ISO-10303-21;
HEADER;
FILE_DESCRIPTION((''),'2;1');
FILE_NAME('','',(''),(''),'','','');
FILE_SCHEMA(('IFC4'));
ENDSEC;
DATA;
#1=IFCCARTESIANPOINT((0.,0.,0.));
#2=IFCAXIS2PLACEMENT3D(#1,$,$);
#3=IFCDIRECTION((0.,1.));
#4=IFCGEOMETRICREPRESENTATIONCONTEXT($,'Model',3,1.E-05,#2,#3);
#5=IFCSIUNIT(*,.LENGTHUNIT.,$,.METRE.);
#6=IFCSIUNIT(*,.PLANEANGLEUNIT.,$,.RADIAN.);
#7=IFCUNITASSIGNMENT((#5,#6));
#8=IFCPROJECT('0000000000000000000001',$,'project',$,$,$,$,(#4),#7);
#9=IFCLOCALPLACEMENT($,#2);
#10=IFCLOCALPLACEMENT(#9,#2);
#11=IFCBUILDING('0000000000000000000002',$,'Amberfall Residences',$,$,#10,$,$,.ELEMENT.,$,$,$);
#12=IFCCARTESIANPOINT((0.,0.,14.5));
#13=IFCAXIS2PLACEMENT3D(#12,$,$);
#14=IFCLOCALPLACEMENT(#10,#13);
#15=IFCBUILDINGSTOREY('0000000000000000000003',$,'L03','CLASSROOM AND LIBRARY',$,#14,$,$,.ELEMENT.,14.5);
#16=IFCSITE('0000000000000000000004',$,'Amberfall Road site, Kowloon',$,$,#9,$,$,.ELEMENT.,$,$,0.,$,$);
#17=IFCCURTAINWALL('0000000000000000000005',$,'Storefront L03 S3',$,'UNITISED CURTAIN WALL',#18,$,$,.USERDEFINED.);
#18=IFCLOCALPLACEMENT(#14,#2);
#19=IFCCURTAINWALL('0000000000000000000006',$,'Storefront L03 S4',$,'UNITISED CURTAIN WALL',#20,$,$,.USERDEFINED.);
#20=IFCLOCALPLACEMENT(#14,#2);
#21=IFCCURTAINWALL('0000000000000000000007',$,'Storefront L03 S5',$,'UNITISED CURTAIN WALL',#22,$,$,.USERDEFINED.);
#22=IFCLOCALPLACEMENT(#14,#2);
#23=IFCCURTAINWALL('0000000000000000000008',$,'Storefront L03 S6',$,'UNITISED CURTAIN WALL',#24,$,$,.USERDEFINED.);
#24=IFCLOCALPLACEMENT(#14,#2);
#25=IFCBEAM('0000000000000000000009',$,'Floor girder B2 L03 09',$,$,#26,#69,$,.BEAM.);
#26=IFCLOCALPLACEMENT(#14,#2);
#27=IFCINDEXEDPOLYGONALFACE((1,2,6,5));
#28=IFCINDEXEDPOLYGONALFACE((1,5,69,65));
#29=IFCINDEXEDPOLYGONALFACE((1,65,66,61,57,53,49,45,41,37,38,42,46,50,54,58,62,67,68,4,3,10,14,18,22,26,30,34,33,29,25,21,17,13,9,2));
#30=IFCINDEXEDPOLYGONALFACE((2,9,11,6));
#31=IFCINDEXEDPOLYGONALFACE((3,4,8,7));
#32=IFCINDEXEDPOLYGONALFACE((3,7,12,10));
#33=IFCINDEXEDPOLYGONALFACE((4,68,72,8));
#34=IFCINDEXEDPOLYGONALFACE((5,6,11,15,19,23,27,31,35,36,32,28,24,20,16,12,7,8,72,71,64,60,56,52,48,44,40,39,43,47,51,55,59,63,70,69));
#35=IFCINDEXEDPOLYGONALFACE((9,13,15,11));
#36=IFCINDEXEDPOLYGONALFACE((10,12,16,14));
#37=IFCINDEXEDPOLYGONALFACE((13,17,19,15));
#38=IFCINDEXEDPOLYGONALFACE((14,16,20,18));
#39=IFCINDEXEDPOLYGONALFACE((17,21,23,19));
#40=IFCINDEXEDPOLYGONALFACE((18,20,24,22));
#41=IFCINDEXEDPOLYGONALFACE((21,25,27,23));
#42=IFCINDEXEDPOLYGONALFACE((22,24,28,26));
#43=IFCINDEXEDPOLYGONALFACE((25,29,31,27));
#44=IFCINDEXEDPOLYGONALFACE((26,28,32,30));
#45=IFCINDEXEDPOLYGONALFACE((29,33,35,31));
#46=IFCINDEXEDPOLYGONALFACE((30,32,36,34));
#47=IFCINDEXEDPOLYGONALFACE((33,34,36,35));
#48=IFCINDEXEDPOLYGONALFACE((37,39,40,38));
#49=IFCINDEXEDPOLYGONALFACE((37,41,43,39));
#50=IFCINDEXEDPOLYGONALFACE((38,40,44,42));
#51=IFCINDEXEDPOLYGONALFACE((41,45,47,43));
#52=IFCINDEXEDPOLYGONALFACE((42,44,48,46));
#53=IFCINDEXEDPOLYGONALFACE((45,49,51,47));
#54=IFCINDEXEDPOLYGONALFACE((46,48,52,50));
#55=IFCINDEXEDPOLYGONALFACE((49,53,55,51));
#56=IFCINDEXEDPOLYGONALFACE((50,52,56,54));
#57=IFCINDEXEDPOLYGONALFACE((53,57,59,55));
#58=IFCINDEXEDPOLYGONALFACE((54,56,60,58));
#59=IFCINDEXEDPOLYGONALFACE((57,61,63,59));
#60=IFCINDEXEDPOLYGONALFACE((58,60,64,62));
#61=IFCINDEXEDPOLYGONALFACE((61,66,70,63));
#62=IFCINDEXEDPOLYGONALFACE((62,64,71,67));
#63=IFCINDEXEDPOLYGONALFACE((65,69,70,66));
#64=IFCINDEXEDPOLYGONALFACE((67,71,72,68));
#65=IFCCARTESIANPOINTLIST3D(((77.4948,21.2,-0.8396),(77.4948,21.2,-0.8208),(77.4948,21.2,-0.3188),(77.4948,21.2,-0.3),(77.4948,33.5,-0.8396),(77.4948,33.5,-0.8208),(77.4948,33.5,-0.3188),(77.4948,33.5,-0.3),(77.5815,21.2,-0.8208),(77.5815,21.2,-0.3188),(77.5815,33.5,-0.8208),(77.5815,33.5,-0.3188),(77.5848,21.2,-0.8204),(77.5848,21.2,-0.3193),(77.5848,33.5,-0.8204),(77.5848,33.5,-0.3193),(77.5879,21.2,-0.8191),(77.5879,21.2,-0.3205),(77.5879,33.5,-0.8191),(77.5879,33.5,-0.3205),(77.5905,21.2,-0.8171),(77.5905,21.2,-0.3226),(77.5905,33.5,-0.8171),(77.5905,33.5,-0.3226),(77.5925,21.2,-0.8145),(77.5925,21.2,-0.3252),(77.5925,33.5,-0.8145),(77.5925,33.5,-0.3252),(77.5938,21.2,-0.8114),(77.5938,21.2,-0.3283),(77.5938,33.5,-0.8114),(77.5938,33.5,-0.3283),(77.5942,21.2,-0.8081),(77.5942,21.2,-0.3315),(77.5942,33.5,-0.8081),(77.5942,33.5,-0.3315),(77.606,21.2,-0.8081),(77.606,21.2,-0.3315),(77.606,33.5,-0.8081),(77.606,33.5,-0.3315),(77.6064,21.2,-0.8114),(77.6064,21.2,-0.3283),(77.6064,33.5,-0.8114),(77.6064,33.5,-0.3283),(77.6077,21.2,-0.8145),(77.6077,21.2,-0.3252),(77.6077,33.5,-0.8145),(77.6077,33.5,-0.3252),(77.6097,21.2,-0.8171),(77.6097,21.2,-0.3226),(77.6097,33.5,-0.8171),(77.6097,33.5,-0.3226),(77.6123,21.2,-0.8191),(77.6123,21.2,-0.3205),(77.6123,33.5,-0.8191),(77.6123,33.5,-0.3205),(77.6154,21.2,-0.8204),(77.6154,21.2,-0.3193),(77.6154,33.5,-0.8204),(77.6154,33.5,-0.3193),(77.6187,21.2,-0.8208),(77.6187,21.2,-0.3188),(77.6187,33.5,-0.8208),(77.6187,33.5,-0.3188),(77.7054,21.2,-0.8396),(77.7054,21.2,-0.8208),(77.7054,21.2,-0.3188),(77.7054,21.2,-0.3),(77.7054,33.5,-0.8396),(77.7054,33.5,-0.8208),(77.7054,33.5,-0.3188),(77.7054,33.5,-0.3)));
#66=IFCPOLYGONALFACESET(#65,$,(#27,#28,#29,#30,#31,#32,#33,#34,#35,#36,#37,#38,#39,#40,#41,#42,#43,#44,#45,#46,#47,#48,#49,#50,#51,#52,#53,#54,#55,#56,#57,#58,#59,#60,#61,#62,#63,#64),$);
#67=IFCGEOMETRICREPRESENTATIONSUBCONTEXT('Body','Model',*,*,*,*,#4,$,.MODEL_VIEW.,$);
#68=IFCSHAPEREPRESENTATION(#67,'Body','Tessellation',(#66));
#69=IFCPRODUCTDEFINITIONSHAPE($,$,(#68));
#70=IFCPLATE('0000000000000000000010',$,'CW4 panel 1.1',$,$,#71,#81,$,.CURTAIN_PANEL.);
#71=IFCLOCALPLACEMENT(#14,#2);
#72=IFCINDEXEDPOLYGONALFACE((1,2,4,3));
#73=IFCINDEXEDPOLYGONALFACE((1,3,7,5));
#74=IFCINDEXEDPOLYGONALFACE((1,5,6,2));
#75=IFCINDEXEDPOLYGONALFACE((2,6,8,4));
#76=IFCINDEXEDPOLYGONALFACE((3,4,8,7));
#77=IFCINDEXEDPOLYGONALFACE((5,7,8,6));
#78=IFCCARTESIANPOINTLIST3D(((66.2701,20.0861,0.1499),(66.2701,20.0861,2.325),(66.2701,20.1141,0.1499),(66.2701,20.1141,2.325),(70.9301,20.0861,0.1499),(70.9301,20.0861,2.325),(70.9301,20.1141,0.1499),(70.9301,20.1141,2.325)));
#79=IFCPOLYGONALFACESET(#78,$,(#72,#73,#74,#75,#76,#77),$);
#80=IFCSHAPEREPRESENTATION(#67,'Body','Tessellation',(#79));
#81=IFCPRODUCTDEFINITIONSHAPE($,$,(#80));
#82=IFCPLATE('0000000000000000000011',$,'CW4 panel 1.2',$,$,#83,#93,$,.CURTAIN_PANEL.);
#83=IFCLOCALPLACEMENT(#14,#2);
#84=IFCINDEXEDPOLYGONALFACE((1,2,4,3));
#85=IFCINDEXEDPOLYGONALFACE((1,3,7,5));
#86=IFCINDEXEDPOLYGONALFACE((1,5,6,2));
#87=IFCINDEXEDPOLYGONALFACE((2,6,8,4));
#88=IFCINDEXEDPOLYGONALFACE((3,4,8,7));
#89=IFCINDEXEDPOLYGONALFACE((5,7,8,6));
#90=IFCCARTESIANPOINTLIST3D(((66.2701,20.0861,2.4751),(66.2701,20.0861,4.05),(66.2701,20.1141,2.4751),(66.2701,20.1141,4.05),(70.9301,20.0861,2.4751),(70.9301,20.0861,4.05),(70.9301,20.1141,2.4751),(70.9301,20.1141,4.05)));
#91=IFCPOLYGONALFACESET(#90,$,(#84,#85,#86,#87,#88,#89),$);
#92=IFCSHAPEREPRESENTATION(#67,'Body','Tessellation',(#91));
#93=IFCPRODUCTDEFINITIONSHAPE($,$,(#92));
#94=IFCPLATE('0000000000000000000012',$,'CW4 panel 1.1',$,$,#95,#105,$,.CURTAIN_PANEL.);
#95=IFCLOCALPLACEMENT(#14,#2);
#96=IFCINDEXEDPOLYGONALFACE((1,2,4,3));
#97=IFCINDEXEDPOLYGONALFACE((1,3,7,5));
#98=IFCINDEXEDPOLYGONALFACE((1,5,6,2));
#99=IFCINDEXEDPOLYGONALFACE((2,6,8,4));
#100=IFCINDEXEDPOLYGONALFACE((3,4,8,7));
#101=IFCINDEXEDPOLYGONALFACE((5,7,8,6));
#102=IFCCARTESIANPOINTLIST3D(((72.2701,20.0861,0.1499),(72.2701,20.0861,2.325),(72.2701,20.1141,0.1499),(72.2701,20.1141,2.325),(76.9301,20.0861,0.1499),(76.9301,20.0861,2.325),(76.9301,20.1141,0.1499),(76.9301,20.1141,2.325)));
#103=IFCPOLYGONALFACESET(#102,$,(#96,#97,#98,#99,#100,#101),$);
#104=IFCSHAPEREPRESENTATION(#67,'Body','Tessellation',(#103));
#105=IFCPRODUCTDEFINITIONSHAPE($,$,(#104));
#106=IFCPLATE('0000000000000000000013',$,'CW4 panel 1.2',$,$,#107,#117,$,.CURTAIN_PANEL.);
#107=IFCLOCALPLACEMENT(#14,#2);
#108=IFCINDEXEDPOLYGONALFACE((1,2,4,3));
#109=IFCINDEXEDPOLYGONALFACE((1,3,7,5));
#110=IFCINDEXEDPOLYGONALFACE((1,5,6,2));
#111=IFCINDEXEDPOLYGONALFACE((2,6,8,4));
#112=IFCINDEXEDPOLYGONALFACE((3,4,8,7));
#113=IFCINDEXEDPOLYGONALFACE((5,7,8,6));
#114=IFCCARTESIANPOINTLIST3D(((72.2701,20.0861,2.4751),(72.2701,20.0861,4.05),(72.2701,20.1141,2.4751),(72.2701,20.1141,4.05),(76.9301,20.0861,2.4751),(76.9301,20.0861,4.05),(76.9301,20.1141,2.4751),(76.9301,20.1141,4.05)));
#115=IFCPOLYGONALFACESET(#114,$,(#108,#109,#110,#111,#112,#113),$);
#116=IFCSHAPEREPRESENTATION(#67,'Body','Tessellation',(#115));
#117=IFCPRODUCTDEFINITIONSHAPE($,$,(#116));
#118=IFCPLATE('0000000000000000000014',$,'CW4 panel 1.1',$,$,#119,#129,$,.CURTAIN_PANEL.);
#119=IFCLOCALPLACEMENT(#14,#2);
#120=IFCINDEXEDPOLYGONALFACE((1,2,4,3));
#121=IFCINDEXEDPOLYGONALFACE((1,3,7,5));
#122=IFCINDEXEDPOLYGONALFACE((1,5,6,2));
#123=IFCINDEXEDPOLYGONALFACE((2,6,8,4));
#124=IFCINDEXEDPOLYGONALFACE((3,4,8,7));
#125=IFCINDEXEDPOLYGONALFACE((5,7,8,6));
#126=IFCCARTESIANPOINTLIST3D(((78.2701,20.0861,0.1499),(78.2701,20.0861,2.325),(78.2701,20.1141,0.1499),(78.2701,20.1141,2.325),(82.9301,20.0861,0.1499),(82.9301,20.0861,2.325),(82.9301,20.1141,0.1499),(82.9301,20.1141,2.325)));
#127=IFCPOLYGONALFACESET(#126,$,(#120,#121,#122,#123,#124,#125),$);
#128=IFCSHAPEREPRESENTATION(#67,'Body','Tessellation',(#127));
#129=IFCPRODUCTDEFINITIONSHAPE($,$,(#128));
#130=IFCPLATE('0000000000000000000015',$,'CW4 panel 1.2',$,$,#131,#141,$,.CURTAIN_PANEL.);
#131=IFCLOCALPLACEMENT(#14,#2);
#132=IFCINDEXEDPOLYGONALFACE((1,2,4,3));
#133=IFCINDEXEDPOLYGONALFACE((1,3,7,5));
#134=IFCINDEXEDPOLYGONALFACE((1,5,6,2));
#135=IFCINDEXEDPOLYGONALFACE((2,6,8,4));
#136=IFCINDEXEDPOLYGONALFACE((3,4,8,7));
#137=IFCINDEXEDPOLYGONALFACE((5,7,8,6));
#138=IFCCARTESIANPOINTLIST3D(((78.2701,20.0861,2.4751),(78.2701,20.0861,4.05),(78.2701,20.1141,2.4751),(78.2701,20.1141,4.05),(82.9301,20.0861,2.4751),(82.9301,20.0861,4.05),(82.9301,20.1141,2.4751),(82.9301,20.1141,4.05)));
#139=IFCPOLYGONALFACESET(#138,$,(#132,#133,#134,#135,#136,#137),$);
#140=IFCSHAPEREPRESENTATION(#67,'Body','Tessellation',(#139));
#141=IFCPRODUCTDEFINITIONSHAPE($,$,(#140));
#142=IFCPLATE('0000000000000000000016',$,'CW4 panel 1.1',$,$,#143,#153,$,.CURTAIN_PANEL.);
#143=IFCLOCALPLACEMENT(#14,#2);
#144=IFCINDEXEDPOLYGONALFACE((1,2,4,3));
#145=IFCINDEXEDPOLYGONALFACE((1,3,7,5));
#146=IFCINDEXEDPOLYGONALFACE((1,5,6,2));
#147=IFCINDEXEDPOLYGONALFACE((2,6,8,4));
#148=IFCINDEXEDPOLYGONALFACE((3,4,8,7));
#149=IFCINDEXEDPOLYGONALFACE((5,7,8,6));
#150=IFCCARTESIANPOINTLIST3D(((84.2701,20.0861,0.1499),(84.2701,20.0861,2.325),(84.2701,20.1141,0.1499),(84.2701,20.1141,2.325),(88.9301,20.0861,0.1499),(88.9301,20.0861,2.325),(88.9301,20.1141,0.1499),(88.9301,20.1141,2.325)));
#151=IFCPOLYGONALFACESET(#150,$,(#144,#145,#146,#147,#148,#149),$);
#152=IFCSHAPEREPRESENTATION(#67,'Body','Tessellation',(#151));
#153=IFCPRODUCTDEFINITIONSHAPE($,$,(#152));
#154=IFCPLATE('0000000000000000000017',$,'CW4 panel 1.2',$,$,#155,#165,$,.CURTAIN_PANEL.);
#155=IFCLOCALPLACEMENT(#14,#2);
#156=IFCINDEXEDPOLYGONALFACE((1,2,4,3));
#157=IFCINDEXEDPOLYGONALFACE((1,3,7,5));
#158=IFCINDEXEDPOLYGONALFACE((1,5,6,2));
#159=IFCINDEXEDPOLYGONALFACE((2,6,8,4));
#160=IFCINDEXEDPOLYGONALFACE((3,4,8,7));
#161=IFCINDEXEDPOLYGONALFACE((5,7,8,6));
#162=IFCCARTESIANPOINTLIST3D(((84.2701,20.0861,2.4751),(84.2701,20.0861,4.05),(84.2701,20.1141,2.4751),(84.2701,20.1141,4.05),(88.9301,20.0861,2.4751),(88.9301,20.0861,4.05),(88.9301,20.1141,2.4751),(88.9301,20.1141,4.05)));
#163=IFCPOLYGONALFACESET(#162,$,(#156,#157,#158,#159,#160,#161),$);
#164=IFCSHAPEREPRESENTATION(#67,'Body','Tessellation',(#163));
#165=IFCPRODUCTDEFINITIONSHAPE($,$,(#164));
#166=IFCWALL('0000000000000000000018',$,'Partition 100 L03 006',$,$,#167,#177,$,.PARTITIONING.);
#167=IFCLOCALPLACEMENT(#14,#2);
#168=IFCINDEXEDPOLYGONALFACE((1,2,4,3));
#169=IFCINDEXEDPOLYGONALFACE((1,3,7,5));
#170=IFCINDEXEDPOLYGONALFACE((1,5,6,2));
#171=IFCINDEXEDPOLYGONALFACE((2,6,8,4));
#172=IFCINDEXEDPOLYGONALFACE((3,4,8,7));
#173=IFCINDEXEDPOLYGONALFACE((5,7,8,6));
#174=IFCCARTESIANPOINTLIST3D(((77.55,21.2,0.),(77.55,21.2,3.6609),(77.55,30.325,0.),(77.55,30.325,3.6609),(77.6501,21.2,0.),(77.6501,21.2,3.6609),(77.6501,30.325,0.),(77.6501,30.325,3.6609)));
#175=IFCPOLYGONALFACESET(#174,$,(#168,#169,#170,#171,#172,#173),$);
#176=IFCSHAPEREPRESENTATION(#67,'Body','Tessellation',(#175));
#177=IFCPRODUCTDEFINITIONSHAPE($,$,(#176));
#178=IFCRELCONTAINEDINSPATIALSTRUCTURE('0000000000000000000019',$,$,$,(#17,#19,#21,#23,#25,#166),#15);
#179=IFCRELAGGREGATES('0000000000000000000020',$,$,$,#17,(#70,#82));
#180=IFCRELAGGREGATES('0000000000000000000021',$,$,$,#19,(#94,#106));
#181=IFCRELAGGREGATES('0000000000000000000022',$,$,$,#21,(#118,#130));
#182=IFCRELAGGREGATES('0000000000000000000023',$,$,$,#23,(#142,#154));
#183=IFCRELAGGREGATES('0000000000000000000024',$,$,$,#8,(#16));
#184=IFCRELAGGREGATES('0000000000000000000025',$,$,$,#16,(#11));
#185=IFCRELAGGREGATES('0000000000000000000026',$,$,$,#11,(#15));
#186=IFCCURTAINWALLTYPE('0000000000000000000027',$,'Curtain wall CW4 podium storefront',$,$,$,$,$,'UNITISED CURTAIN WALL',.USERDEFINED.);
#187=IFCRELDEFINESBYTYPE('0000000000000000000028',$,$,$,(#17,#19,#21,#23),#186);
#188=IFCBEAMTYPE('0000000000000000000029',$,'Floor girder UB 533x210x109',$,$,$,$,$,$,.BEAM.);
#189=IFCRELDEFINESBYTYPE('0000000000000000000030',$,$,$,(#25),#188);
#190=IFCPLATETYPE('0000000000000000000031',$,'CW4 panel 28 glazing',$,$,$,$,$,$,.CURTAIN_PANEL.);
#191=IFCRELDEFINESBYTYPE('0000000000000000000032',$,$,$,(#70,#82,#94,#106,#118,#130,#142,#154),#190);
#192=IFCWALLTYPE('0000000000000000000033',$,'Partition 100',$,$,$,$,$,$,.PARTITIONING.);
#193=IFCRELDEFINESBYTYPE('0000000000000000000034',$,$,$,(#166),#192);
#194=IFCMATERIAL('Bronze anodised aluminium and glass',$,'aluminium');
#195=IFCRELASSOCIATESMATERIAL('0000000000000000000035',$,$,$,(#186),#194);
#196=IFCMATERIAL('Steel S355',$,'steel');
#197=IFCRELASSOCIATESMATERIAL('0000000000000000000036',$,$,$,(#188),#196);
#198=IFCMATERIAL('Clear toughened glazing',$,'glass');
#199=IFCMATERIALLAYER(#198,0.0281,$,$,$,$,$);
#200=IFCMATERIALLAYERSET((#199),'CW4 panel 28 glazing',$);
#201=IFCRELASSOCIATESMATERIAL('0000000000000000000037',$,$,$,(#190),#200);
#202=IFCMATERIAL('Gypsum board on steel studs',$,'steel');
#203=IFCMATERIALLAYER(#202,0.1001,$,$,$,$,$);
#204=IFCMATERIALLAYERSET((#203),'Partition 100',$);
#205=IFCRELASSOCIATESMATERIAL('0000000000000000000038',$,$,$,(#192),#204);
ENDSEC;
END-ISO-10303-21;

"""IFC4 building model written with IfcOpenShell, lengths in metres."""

from ifc_helpers import new_model, si_unit, direction, frame, frame_2d, origin, origin_2d, place, context, subcontext, project, spatial, rectangle, i_section, extrude, material, layer, layer_set, material_profile, profile_set, type_object, element, aggregate, save


model = new_model("IFC4")

# Units and contexts
model_context = context("Model", 3, precision=1e-05, world=origin(), true_north=direction((0.0, 1.0)))
body_context = subcontext(model_context, "Body", "Model", "MODEL_VIEW")
ifc_project = project(units=[si_unit("LENGTHUNIT", "METRE"), si_unit("PLANEANGLEUNIT", "RADIAN")], contexts=[model_context])

# Site, building, storey
site_placement = place(None, origin())
site = spatial("IfcSite", under=ifc_project, at=site_placement, Name="Amberfall Road site, Kowloon", CompositionType="ELEMENT", RefElevation=0.0)
building_placement = place(site_placement, origin())
building = spatial("IfcBuilding", under=site, at=building_placement, Name="Amberfall Residences", CompositionType="ELEMENT")
storey_placement = place(building_placement, frame((0.0, 0.0, 14.5)))
storey = spatial("IfcBuildingStorey", under=building, at=storey_placement, Name="L03", Description="CLASSROOM AND LIBRARY", CompositionType="ELEMENT", Elevation=14.5)

# Curtain walls
ifc_material_1 = material(Name="Bronze anodised aluminium and glass", Category="aluminium")
curtain_wall_type = type_object("IfcCurtainWallType", Name="Curtain wall CW4 podium storefront", ElementType="UNITISED CURTAIN WALL", PredefinedType="USERDEFINED", material=ifc_material_1)
curtain_wall_1_placement = place(storey_placement, origin())
curtain_wall_1 = element("IfcCurtainWall", 1, at=curtain_wall_1_placement, inside=storey, type_object=curtain_wall_type, Name="Storefront L03 S3", ObjectType="UNITISED CURTAIN WALL", PredefinedType="USERDEFINED")
curtain_wall_2_placement = place(storey_placement, origin())
curtain_wall_2 = element("IfcCurtainWall", 2, at=curtain_wall_2_placement, inside=storey, type_object=curtain_wall_type, Name="Storefront L03 S4", ObjectType="UNITISED CURTAIN WALL", PredefinedType="USERDEFINED")
curtain_wall_3_placement = place(storey_placement, origin())
curtain_wall_3 = element("IfcCurtainWall", 3, at=curtain_wall_3_placement, inside=storey, type_object=curtain_wall_type, Name="Storefront L03 S5", ObjectType="UNITISED CURTAIN WALL", PredefinedType="USERDEFINED")
curtain_wall_4_placement = place(storey_placement, origin())
curtain_wall_4 = element("IfcCurtainWall", 4, at=curtain_wall_4_placement, inside=storey, type_object=curtain_wall_type, Name="Storefront L03 S6", ObjectType="UNITISED CURTAIN WALL", PredefinedType="USERDEFINED")

# Beam
ifc_material_2 = material(Name="Steel S355", Category="steel")
ifc_material_profile_1 = material_profile(ifc_material_2, i_section(OverallWidth=0.2107, OverallDepth=0.5396, WebThickness=0.0117, FlangeThickness=0.0188, FilletRadius=0.0127, at=origin_2d()), Name="UB 533x210x109")
ifc_profile_set_1 = profile_set([ifc_material_profile_1], Name="Steel S355")
beam_type_1 = type_object("IfcBeamType", Name="Floor girder UB 533x210x109", PredefinedType="BEAM", material=ifc_profile_set_1)
for number, where, z_axis, x_axis, name in (
    (5, (77.6001, 21.2, -0.5698), (0.0, 1.0, 0.0), (-1.0, 0.0, 0.0), "Floor girder B2 L03 09"),
):
    element("IfcBeam", number, at=place(storey_placement, frame(where, z_axis=z_axis, x_axis=x_axis)), inside=storey, type_object=beam_type_1, Name=name, PredefinedType="BEAM", context=body_context, shape_type="SweptSolid", body=[
        extrude(i_section(OverallWidth=0.2107, OverallDepth=0.5396, WebThickness=0.0117, FlangeThickness=0.0188, FilletRadius=0.0127, at=origin_2d()), origin(), (0.0, 0.0, 1.0), 12.3),
    ])

# Plates
ifc_material_3 = material(Name="Clear toughened glazing", Category="glass")
ifc_layer_1 = layer(ifc_material_3, 0.0281)
ifc_layer_set_1 = layer_set([ifc_layer_1], Name="CW4 panel 28 glazing")
plate_type = type_object("IfcPlateType", Name="CW4 panel 28 glazing", PredefinedType="CURTAIN_PANEL", material=ifc_layer_set_1)
plate_1_placement = place(storey_placement, frame((68.6001, 20.1001, 0.1499), z_axis=(0.0, 0.0, 1.0), x_axis=(1.0, 0.0, 0.0)))
plate_1 = element("IfcPlate", 6, at=plate_1_placement, type_object=plate_type, Name="CW4 panel 1.1", PredefinedType="CURTAIN_PANEL", context=body_context, shape_type="SweptSolid", body=[
    extrude(rectangle(XDim=4.6599, YDim=0.0281, at=origin_2d()), origin(), (0.0, 0.0, 1.0), 2.175),
])
plate_2_placement = place(storey_placement, frame((68.6001, 20.1001, 2.4751), z_axis=(0.0, 0.0, 1.0), x_axis=(1.0, 0.0, 0.0)))
plate_2 = element("IfcPlate", 7, at=plate_2_placement, type_object=plate_type, Name="CW4 panel 1.2", PredefinedType="CURTAIN_PANEL", context=body_context, shape_type="SweptSolid", body=[
    extrude(rectangle(XDim=4.6599, YDim=0.0281, at=origin_2d()), origin(), (0.0, 0.0, 1.0), 1.575),
])
aggregate(curtain_wall_1, [plate_1, plate_2])
plate_3_placement = place(storey_placement, frame((74.6001, 20.1001, 0.1499), z_axis=(0.0, 0.0, 1.0), x_axis=(1.0, 0.0, 0.0)))
plate_3 = element("IfcPlate", 8, at=plate_3_placement, type_object=plate_type, Name="CW4 panel 1.1", PredefinedType="CURTAIN_PANEL", context=body_context, shape_type="SweptSolid", body=[
    extrude(rectangle(XDim=4.6599, YDim=0.0281, at=origin_2d()), origin(), (0.0, 0.0, 1.0), 2.175),
])
plate_4_placement = place(storey_placement, frame((74.6001, 20.1001, 2.4751), z_axis=(0.0, 0.0, 1.0), x_axis=(1.0, 0.0, 0.0)))
plate_4 = element("IfcPlate", 9, at=plate_4_placement, type_object=plate_type, Name="CW4 panel 1.2", PredefinedType="CURTAIN_PANEL", context=body_context, shape_type="SweptSolid", body=[
    extrude(rectangle(XDim=4.6599, YDim=0.0281, at=origin_2d()), origin(), (0.0, 0.0, 1.0), 1.575),
])
aggregate(curtain_wall_2, [plate_3, plate_4])
plate_5_placement = place(storey_placement, frame((80.6001, 20.1001, 0.1499), z_axis=(0.0, 0.0, 1.0), x_axis=(1.0, 0.0, 0.0)))
plate_5 = element("IfcPlate", 10, at=plate_5_placement, type_object=plate_type, Name="CW4 panel 1.1", PredefinedType="CURTAIN_PANEL", context=body_context, shape_type="SweptSolid", body=[
    extrude(rectangle(XDim=4.6599, YDim=0.0281, at=origin_2d()), origin(), (0.0, 0.0, 1.0), 2.175),
])
plate_6_placement = place(storey_placement, frame((80.6001, 20.1001, 2.4751), z_axis=(0.0, 0.0, 1.0), x_axis=(1.0, 0.0, 0.0)))
plate_6 = element("IfcPlate", 11, at=plate_6_placement, type_object=plate_type, Name="CW4 panel 1.2", PredefinedType="CURTAIN_PANEL", context=body_context, shape_type="SweptSolid", body=[
    extrude(rectangle(XDim=4.6599, YDim=0.0281, at=origin_2d()), origin(), (0.0, 0.0, 1.0), 1.575),
])
aggregate(curtain_wall_3, [plate_5, plate_6])
plate_7_placement = place(storey_placement, frame((86.6001, 20.1001, 0.1499), z_axis=(0.0, 0.0, 1.0), x_axis=(1.0, 0.0, 0.0)))
plate_7 = element("IfcPlate", 12, at=plate_7_placement, type_object=plate_type, Name="CW4 panel 1.1", PredefinedType="CURTAIN_PANEL", context=body_context, shape_type="SweptSolid", body=[
    extrude(rectangle(XDim=4.6599, YDim=0.0281, at=origin_2d()), origin(), (0.0, 0.0, 1.0), 2.175),
])
plate_8_placement = place(storey_placement, frame((86.6001, 20.1001, 2.4751), z_axis=(0.0, 0.0, 1.0), x_axis=(1.0, 0.0, 0.0)))
plate_8 = element("IfcPlate", 13, at=plate_8_placement, type_object=plate_type, Name="CW4 panel 1.2", PredefinedType="CURTAIN_PANEL", context=body_context, shape_type="SweptSolid", body=[
    extrude(rectangle(XDim=4.6599, YDim=0.0281, at=origin_2d()), origin(), (0.0, 0.0, 1.0), 1.575),
])
aggregate(curtain_wall_4, [plate_7, plate_8])

# Wall
ifc_material_4 = material(Name="Gypsum board on steel studs", Category="steel")
ifc_layer_2 = layer(ifc_material_4, 0.1001)
ifc_layer_set_2 = layer_set([ifc_layer_2], Name="Partition 100")
wall_type = type_object("IfcWallType", Name="Partition 100", PredefinedType="PARTITIONING", material=ifc_layer_set_2)
wall_placement = place(storey_placement, frame((77.6001, 21.2, 0.0), z_axis=(0.0, 0.0, 1.0), x_axis=(0.0, 1.0, 0.0)))
element("IfcWall", 14, at=wall_placement, inside=storey, type_object=wall_type, Name="Partition 100 L03 006", PredefinedType="PARTITIONING", context=body_context, shape_type="SweptSolid", body=[
    extrude(rectangle(XDim=9.125, YDim=0.1001, at=frame_2d((4.5625, 0.0))), origin(), (0.0, 0.0, 1.0), 3.6609),
])

save(model, "model.ifc")
